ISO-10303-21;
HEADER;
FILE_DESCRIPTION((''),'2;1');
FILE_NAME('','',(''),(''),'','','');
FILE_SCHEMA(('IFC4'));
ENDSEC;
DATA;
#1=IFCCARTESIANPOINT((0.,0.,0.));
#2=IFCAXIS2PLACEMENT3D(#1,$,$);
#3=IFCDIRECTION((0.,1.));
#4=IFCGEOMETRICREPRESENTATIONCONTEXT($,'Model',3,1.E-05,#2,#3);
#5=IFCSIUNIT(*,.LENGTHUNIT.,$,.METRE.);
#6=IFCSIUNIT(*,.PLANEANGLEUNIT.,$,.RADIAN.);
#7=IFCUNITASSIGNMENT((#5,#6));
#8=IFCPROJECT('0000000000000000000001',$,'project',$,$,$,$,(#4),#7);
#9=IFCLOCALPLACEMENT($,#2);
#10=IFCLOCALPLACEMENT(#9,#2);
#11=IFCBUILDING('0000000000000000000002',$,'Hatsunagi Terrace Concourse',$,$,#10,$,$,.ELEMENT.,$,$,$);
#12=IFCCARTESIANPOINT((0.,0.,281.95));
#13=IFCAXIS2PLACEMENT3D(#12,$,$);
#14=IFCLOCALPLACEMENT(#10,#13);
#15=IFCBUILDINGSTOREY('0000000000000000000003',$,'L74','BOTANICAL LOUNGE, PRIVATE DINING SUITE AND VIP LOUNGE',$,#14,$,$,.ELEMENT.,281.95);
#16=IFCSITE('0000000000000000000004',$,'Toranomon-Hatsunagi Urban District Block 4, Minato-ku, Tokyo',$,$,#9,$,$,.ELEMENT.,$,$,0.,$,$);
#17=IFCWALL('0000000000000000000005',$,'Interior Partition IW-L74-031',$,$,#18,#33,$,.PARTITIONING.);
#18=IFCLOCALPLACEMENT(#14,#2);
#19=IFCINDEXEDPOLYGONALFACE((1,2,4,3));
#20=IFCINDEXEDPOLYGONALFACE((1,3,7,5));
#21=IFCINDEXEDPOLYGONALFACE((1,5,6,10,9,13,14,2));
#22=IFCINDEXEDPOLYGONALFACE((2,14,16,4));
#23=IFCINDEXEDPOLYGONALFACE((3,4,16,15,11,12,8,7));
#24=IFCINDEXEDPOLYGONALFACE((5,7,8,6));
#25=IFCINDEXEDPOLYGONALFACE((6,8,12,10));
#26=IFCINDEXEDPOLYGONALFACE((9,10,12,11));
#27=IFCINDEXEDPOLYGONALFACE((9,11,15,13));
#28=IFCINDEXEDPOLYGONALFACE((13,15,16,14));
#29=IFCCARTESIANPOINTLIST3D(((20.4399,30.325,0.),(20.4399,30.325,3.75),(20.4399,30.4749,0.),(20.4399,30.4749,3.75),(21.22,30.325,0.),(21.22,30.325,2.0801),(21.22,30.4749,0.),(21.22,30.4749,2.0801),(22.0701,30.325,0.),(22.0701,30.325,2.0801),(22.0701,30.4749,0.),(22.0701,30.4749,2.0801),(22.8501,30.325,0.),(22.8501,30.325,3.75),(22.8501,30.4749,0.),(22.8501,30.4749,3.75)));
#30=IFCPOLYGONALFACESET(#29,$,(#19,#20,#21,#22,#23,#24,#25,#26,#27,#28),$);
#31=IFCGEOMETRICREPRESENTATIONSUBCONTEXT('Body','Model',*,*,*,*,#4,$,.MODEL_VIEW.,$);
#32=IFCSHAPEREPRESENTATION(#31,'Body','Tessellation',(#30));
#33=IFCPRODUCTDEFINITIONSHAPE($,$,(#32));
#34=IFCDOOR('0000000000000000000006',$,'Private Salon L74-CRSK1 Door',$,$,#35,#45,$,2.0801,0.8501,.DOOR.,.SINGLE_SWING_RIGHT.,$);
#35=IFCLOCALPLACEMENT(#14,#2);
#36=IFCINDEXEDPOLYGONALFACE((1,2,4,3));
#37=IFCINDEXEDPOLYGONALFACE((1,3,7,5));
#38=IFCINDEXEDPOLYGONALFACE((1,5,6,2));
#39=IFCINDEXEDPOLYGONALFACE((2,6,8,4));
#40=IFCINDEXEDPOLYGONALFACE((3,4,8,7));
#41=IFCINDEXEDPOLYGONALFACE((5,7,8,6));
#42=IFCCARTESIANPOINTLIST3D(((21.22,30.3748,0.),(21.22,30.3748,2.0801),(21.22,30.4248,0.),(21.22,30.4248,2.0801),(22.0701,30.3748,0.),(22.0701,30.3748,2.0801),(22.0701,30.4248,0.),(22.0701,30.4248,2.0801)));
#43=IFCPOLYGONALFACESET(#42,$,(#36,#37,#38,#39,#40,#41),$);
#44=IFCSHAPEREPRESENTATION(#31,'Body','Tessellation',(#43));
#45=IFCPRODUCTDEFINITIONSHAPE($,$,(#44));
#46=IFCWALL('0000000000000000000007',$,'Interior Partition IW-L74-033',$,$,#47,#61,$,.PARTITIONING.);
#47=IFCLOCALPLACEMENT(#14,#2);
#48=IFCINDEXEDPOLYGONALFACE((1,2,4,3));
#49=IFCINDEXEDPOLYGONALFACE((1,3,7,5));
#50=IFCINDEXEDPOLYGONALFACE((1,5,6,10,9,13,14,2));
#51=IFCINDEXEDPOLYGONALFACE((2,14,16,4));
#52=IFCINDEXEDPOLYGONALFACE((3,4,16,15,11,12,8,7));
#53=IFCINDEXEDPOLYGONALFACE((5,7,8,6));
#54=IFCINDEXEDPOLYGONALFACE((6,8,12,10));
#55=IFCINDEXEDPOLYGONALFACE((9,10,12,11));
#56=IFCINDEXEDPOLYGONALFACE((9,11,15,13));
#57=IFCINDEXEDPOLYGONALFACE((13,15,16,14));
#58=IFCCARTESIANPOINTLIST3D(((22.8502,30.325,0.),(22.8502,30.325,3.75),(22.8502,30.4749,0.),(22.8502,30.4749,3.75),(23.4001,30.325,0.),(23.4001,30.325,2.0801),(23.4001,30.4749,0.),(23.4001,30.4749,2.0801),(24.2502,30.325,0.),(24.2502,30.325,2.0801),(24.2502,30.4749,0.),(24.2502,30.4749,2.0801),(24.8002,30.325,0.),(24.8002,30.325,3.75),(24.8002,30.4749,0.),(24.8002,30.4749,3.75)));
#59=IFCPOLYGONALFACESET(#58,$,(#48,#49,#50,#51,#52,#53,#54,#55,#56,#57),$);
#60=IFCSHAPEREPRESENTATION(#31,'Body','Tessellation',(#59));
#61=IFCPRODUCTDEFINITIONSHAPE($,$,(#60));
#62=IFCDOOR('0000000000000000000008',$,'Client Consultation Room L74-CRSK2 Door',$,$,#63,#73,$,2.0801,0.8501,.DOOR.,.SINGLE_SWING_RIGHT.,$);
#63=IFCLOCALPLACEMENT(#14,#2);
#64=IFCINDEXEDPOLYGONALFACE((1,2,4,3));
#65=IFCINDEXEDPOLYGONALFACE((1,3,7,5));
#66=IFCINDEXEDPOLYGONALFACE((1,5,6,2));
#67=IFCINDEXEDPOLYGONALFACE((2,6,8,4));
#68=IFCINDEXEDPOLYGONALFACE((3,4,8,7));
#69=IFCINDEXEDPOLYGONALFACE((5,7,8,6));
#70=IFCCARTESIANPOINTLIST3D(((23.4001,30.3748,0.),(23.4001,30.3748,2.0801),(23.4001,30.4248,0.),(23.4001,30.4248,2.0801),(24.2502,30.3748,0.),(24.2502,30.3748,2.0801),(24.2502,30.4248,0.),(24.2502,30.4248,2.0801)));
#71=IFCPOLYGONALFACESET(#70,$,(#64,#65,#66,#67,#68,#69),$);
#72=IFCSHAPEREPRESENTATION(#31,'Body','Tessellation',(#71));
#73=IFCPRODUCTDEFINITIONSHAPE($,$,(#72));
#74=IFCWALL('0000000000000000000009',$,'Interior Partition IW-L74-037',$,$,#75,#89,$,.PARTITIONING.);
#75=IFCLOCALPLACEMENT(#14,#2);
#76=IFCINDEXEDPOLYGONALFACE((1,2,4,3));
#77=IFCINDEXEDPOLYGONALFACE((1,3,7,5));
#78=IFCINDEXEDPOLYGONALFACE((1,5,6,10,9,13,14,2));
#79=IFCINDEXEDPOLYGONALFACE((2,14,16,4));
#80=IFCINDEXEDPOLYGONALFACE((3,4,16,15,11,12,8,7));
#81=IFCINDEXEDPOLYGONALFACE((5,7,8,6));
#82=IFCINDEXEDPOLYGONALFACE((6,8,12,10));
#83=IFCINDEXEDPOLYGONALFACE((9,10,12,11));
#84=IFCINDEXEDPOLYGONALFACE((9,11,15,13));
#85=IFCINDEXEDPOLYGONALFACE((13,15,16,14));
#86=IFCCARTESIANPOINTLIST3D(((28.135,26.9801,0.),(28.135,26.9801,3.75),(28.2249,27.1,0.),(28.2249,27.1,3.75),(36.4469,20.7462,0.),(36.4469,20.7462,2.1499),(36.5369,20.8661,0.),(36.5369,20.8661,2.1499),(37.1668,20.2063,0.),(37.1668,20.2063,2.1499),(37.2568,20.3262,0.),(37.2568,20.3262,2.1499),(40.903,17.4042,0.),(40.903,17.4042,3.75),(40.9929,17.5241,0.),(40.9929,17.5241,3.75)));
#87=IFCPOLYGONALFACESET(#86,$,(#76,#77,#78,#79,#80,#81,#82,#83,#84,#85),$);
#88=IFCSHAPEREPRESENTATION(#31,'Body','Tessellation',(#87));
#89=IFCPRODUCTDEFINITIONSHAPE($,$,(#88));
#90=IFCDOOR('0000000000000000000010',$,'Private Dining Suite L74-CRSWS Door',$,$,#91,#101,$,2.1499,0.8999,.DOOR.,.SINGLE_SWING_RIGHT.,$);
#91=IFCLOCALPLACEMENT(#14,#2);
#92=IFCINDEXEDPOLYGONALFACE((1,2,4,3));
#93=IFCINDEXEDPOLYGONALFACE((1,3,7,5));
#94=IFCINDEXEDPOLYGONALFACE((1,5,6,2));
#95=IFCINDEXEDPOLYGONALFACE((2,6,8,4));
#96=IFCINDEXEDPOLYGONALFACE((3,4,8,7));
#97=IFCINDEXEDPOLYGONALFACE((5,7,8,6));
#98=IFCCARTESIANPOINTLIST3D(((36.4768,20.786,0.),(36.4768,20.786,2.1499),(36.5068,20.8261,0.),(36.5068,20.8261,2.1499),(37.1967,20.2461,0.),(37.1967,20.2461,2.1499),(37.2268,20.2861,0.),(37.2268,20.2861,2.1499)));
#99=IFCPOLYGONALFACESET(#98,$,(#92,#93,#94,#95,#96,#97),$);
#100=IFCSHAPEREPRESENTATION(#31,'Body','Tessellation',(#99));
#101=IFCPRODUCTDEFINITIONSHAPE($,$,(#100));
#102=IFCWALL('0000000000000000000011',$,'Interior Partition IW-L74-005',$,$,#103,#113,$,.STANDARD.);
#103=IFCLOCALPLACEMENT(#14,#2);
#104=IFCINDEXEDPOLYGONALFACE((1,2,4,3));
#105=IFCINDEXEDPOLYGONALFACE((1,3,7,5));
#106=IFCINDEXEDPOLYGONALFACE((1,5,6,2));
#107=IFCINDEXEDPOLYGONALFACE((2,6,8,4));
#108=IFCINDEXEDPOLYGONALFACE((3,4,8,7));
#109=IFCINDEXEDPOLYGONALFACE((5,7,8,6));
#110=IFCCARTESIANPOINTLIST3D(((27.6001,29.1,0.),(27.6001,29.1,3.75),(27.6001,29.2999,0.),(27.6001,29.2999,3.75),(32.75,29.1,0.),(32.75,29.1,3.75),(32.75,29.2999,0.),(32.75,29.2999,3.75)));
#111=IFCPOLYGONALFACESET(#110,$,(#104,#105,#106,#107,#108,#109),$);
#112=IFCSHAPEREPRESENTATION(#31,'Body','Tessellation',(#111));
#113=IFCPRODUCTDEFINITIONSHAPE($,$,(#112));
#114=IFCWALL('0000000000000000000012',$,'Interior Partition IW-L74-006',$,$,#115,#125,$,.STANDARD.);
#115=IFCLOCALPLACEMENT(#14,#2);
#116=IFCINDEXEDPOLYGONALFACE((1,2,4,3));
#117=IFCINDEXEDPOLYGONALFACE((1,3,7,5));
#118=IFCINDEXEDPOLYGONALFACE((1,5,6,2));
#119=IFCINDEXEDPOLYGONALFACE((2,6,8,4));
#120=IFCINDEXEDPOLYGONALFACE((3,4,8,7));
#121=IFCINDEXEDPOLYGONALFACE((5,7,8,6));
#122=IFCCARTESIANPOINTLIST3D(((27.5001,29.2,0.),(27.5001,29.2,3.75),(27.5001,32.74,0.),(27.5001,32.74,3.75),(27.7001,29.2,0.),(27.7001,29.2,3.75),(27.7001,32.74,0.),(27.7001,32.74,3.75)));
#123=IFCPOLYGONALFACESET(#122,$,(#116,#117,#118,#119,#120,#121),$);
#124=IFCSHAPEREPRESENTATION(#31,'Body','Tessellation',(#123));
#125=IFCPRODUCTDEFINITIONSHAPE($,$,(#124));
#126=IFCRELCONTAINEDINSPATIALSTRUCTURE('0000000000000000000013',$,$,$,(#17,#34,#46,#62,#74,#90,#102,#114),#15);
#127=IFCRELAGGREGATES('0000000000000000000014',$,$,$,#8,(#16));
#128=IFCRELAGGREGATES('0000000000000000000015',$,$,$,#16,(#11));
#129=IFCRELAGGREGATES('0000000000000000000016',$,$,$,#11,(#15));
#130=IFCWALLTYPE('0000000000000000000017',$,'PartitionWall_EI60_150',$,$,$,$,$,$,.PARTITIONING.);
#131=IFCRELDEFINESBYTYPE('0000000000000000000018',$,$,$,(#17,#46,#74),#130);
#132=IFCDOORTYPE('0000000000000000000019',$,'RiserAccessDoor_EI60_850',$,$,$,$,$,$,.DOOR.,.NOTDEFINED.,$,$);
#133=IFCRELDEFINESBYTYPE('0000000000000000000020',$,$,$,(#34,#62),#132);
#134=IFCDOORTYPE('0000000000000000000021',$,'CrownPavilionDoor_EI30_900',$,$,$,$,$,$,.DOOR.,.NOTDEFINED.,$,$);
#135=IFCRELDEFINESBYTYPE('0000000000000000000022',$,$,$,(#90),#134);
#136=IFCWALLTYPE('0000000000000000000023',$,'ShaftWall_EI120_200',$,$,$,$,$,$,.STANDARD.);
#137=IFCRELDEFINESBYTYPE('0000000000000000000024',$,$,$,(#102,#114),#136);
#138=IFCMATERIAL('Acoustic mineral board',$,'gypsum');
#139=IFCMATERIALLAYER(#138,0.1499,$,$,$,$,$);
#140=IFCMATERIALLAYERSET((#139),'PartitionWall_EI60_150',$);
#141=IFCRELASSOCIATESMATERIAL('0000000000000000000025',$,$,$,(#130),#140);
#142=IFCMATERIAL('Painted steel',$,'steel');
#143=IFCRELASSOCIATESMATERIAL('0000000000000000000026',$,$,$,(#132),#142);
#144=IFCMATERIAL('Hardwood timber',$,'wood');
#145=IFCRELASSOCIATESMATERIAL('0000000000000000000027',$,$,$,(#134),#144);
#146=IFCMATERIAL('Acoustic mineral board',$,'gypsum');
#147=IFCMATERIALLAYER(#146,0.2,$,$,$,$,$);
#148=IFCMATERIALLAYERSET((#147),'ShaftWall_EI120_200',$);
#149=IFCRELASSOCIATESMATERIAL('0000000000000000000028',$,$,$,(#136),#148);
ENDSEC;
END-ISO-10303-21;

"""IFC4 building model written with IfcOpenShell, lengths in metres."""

from ifc_helpers import new_model, si_unit, direction, frame, frame_2d, origin, place, context, subcontext, project, spatial, rectangle, extrude, material, layer, layer_set, type_object, element, fill, save


model = new_model("IFC4")

# Units and contexts
model_context = context("Model", 3, precision=1e-05, world=origin(), true_north=direction((0.0, 1.0)))
body_context = subcontext(model_context, "Body", "Model", "MODEL_VIEW")
ifc_project = project(units=[si_unit("LENGTHUNIT", "METRE"), si_unit("PLANEANGLEUNIT", "RADIAN")], contexts=[model_context])

# Site, building, storey
site_placement = place(None, origin())
site = spatial("IfcSite", under=ifc_project, at=site_placement, Name="Toranomon-Hatsunagi Urban District Block 4, Minato-ku, Tokyo", CompositionType="ELEMENT", RefElevation=0.0)
building_placement = place(site_placement, origin())
building = spatial("IfcBuilding", under=site, at=building_placement, Name="Hatsunagi Terrace Concourse", CompositionType="ELEMENT")
storey_placement = place(building_placement, frame((0.0, 0.0, 281.95)))
storey = spatial("IfcBuildingStorey", under=building, at=storey_placement, Name="L74", Description="BOTANICAL LOUNGE, PRIVATE DINING SUITE AND VIP LOUNGE", CompositionType="ELEMENT", Elevation=281.95)

# Walls, openings, doors
ifc_material_1 = material(Name="Acoustic mineral board", Category="gypsum")
ifc_layer_1 = layer(ifc_material_1, 0.1499)
ifc_layer_set_1 = layer_set([ifc_layer_1], Name="PartitionWall_EI60_150")
wall_type_1 = type_object("IfcWallType", Name="PartitionWall_EI60_150", PredefinedType="PARTITIONING", material=ifc_layer_set_1)
ifc_material_2 = material(Name="Painted steel", Category="steel")
door_type_1 = type_object("IfcDoorType", Name="RiserAccessDoor_EI60_850", OperationType="NOTDEFINED", PredefinedType="DOOR", material=ifc_material_2)
wall_1_placement = place(storey_placement, frame((20.4399, 30.3999, 0.0), z_axis=(0.0, 0.0, 1.0), x_axis=(1.0, 0.0, 0.0)))
wall_1 = element("IfcWall", 1, at=wall_1_placement, inside=storey, type_object=wall_type_1, Name="Interior Partition IW-L74-031", PredefinedType="PARTITIONING", context=body_context, shape_type="SweptSolid", body=[
    extrude(rectangle(XDim=2.4102, YDim=0.1499, at=frame_2d((1.2051, 0.0))), origin(), (0.0, 0.0, 1.0), 3.75),
])
opening_1_placement = place(wall_1_placement, frame((0.78, 0.0, 0.0)))
opening_1 = element("IfcOpeningElement", 2, at=opening_1_placement, cuts=wall_1, PredefinedType="OPENING", context=body_context, shape_type="SweptSolid", body=[
    extrude(rectangle(XDim=0.8501, YDim=2.0801, at=frame_2d((0.425, 1.04))), frame((0.0, 0.085, 0.0), z_axis=(0.0, -1.0, 0.0), x_axis=(1.0, 0.0, 0.0)), (0.0, 0.0, 1.0), 0.1699),
])
door_1_placement = place(opening_1_placement, origin())
door_1 = element("IfcDoor", 3, at=door_1_placement, inside=storey, type_object=door_type_1, Name="Private Salon L74-CRSK1 Door", OperationType="SINGLE_SWING_RIGHT", OverallHeight=2.0801, OverallWidth=0.8501, PredefinedType="DOOR", context=body_context, shape_type="SweptSolid", body=[
    extrude(rectangle(XDim=0.8501, YDim=2.0801, at=frame_2d((0.425, 1.04))), frame((0.0, 0.0249, 0.0), z_axis=(0.0, -1.0, 0.0), x_axis=(1.0, 0.0, 0.0)), (0.0, 0.0, 1.0), 0.05),
])
fill(opening_1, door_1)
wall_2_placement = place(storey_placement, frame((22.8501, 30.3999, 0.0), z_axis=(0.0, 0.0, 1.0), x_axis=(1.0, 0.0, 0.0)))
wall_2 = element("IfcWall", 4, at=wall_2_placement, inside=storey, type_object=wall_type_1, Name="Interior Partition IW-L74-033", PredefinedType="PARTITIONING", context=body_context, shape_type="SweptSolid", body=[
    extrude(rectangle(XDim=1.95, YDim=0.1499, at=frame_2d((0.9751, 0.0))), origin(), (0.0, 0.0, 1.0), 3.75),
])
opening_2_placement = place(wall_2_placement, frame((0.55, 0.0, 0.0)))
opening_2 = element("IfcOpeningElement", 5, at=opening_2_placement, cuts=wall_2, PredefinedType="OPENING", context=body_context, shape_type="SweptSolid", body=[
    extrude(rectangle(XDim=0.8501, YDim=2.0801, at=frame_2d((0.425, 1.04))), frame((0.0, 0.085, 0.0), z_axis=(0.0, -1.0, 0.0), x_axis=(1.0, 0.0, 0.0)), (0.0, 0.0, 1.0), 0.1699),
])
door_2_placement = place(opening_2_placement, origin())
door_2 = element("IfcDoor", 6, at=door_2_placement, inside=storey, type_object=door_type_1, Name="Client Consultation Room L74-CRSK2 Door", OperationType="SINGLE_SWING_RIGHT", OverallHeight=2.0801, OverallWidth=0.8501, PredefinedType="DOOR", context=body_context, shape_type="SweptSolid", body=[
    extrude(rectangle(XDim=0.8501, YDim=2.0801, at=frame_2d((0.425, 1.04))), frame((0.0, 0.0249, 0.0), z_axis=(0.0, -1.0, 0.0), x_axis=(1.0, 0.0, 0.0)), (0.0, 0.0, 1.0), 0.05),
])
fill(opening_2, door_2)
ifc_material_3 = material(Name="Hardwood timber", Category="wood")
door_type_2 = type_object("IfcDoorType", Name="CrownPavilionDoor_EI30_900", OperationType="NOTDEFINED", PredefinedType="DOOR", material=ifc_material_3)
wall_3_placement = place(storey_placement, frame((28.1799, 27.04, 0.0), z_axis=(0.0, 0.0, 1.0), x_axis=(0.800004, -0.599995, 0.0)))
wall_3 = element("IfcWall", 7, at=wall_3_placement, inside=storey, type_object=wall_type_1, Name="Interior Partition IW-L74-037", PredefinedType="PARTITIONING", context=body_context, shape_type="SweptSolid", body=[
    extrude(rectangle(XDim=15.96, YDim=0.1499, at=frame_2d((7.98, 0.0))), origin(), (0.0, 0.0, 1.0), 3.75),
])
opening_3_placement = place(wall_3_placement, frame((10.3899, 0.0, 0.0)))
opening_3 = element("IfcOpeningElement", 8, at=opening_3_placement, cuts=wall_3, PredefinedType="OPENING", context=body_context, shape_type="SweptSolid", body=[
    extrude(rectangle(XDim=0.8999, YDim=2.1499, at=frame_2d((0.45, 1.075))), frame((0.0, 0.085, 0.0), z_axis=(0.0, -1.0, 0.0), x_axis=(1.0, 0.0, 0.0)), (0.0, 0.0, 1.0), 0.1699),
])
door_3_placement = place(opening_3_placement, origin())
door_3 = element("IfcDoor", 9, at=door_3_placement, inside=storey, type_object=door_type_2, Name="Private Dining Suite L74-CRSWS Door", OperationType="SINGLE_SWING_RIGHT", OverallHeight=2.1499, OverallWidth=0.8999, PredefinedType="DOOR", context=body_context, shape_type="SweptSolid", body=[
    extrude(rectangle(XDim=0.8999, YDim=2.1499, at=frame_2d((0.45, 1.075))), frame((0.0, 0.0249, 0.0), z_axis=(0.0, -1.0, 0.0), x_axis=(1.0, 0.0, 0.0)), (0.0, 0.0, 1.0), 0.05),
])
fill(opening_3, door_3)

# Walls
ifc_material_4 = material(Name="Acoustic mineral board", Category="gypsum")
ifc_layer_2 = layer(ifc_material_4, 0.2)
ifc_layer_set_2 = layer_set([ifc_layer_2], Name="ShaftWall_EI120_200")
wall_type_2 = type_object("IfcWallType", Name="ShaftWall_EI120_200", PredefinedType="STANDARD", material=ifc_layer_set_2)
wall_4_placement = place(storey_placement, frame((27.6001, 29.2, 0.0), z_axis=(0.0, 0.0, 1.0), x_axis=(1.0, 0.0, 0.0)))
element("IfcWall", 10, at=wall_4_placement, inside=storey, type_object=wall_type_2, Name="Interior Partition IW-L74-005", PredefinedType="STANDARD", context=body_context, shape_type="SweptSolid", body=[
    extrude(rectangle(XDim=5.1499, YDim=0.2, at=frame_2d((2.575, 0.0))), origin(), (0.0, 0.0, 1.0), 3.75),
])
wall_5_placement = place(storey_placement, frame((27.6001, 29.2, 0.0), z_axis=(0.0, 0.0, 1.0), x_axis=(0.0, 1.0, 0.0)))
element("IfcWall", 11, at=wall_5_placement, inside=storey, type_object=wall_type_2, Name="Interior Partition IW-L74-006", PredefinedType="STANDARD", context=body_context, shape_type="SweptSolid", body=[
    extrude(rectangle(XDim=3.54, YDim=0.2, at=frame_2d((1.77, 0.0))), origin(), (0.0, 0.0, 1.0), 3.75),
])

save(model, "model.ifc")
